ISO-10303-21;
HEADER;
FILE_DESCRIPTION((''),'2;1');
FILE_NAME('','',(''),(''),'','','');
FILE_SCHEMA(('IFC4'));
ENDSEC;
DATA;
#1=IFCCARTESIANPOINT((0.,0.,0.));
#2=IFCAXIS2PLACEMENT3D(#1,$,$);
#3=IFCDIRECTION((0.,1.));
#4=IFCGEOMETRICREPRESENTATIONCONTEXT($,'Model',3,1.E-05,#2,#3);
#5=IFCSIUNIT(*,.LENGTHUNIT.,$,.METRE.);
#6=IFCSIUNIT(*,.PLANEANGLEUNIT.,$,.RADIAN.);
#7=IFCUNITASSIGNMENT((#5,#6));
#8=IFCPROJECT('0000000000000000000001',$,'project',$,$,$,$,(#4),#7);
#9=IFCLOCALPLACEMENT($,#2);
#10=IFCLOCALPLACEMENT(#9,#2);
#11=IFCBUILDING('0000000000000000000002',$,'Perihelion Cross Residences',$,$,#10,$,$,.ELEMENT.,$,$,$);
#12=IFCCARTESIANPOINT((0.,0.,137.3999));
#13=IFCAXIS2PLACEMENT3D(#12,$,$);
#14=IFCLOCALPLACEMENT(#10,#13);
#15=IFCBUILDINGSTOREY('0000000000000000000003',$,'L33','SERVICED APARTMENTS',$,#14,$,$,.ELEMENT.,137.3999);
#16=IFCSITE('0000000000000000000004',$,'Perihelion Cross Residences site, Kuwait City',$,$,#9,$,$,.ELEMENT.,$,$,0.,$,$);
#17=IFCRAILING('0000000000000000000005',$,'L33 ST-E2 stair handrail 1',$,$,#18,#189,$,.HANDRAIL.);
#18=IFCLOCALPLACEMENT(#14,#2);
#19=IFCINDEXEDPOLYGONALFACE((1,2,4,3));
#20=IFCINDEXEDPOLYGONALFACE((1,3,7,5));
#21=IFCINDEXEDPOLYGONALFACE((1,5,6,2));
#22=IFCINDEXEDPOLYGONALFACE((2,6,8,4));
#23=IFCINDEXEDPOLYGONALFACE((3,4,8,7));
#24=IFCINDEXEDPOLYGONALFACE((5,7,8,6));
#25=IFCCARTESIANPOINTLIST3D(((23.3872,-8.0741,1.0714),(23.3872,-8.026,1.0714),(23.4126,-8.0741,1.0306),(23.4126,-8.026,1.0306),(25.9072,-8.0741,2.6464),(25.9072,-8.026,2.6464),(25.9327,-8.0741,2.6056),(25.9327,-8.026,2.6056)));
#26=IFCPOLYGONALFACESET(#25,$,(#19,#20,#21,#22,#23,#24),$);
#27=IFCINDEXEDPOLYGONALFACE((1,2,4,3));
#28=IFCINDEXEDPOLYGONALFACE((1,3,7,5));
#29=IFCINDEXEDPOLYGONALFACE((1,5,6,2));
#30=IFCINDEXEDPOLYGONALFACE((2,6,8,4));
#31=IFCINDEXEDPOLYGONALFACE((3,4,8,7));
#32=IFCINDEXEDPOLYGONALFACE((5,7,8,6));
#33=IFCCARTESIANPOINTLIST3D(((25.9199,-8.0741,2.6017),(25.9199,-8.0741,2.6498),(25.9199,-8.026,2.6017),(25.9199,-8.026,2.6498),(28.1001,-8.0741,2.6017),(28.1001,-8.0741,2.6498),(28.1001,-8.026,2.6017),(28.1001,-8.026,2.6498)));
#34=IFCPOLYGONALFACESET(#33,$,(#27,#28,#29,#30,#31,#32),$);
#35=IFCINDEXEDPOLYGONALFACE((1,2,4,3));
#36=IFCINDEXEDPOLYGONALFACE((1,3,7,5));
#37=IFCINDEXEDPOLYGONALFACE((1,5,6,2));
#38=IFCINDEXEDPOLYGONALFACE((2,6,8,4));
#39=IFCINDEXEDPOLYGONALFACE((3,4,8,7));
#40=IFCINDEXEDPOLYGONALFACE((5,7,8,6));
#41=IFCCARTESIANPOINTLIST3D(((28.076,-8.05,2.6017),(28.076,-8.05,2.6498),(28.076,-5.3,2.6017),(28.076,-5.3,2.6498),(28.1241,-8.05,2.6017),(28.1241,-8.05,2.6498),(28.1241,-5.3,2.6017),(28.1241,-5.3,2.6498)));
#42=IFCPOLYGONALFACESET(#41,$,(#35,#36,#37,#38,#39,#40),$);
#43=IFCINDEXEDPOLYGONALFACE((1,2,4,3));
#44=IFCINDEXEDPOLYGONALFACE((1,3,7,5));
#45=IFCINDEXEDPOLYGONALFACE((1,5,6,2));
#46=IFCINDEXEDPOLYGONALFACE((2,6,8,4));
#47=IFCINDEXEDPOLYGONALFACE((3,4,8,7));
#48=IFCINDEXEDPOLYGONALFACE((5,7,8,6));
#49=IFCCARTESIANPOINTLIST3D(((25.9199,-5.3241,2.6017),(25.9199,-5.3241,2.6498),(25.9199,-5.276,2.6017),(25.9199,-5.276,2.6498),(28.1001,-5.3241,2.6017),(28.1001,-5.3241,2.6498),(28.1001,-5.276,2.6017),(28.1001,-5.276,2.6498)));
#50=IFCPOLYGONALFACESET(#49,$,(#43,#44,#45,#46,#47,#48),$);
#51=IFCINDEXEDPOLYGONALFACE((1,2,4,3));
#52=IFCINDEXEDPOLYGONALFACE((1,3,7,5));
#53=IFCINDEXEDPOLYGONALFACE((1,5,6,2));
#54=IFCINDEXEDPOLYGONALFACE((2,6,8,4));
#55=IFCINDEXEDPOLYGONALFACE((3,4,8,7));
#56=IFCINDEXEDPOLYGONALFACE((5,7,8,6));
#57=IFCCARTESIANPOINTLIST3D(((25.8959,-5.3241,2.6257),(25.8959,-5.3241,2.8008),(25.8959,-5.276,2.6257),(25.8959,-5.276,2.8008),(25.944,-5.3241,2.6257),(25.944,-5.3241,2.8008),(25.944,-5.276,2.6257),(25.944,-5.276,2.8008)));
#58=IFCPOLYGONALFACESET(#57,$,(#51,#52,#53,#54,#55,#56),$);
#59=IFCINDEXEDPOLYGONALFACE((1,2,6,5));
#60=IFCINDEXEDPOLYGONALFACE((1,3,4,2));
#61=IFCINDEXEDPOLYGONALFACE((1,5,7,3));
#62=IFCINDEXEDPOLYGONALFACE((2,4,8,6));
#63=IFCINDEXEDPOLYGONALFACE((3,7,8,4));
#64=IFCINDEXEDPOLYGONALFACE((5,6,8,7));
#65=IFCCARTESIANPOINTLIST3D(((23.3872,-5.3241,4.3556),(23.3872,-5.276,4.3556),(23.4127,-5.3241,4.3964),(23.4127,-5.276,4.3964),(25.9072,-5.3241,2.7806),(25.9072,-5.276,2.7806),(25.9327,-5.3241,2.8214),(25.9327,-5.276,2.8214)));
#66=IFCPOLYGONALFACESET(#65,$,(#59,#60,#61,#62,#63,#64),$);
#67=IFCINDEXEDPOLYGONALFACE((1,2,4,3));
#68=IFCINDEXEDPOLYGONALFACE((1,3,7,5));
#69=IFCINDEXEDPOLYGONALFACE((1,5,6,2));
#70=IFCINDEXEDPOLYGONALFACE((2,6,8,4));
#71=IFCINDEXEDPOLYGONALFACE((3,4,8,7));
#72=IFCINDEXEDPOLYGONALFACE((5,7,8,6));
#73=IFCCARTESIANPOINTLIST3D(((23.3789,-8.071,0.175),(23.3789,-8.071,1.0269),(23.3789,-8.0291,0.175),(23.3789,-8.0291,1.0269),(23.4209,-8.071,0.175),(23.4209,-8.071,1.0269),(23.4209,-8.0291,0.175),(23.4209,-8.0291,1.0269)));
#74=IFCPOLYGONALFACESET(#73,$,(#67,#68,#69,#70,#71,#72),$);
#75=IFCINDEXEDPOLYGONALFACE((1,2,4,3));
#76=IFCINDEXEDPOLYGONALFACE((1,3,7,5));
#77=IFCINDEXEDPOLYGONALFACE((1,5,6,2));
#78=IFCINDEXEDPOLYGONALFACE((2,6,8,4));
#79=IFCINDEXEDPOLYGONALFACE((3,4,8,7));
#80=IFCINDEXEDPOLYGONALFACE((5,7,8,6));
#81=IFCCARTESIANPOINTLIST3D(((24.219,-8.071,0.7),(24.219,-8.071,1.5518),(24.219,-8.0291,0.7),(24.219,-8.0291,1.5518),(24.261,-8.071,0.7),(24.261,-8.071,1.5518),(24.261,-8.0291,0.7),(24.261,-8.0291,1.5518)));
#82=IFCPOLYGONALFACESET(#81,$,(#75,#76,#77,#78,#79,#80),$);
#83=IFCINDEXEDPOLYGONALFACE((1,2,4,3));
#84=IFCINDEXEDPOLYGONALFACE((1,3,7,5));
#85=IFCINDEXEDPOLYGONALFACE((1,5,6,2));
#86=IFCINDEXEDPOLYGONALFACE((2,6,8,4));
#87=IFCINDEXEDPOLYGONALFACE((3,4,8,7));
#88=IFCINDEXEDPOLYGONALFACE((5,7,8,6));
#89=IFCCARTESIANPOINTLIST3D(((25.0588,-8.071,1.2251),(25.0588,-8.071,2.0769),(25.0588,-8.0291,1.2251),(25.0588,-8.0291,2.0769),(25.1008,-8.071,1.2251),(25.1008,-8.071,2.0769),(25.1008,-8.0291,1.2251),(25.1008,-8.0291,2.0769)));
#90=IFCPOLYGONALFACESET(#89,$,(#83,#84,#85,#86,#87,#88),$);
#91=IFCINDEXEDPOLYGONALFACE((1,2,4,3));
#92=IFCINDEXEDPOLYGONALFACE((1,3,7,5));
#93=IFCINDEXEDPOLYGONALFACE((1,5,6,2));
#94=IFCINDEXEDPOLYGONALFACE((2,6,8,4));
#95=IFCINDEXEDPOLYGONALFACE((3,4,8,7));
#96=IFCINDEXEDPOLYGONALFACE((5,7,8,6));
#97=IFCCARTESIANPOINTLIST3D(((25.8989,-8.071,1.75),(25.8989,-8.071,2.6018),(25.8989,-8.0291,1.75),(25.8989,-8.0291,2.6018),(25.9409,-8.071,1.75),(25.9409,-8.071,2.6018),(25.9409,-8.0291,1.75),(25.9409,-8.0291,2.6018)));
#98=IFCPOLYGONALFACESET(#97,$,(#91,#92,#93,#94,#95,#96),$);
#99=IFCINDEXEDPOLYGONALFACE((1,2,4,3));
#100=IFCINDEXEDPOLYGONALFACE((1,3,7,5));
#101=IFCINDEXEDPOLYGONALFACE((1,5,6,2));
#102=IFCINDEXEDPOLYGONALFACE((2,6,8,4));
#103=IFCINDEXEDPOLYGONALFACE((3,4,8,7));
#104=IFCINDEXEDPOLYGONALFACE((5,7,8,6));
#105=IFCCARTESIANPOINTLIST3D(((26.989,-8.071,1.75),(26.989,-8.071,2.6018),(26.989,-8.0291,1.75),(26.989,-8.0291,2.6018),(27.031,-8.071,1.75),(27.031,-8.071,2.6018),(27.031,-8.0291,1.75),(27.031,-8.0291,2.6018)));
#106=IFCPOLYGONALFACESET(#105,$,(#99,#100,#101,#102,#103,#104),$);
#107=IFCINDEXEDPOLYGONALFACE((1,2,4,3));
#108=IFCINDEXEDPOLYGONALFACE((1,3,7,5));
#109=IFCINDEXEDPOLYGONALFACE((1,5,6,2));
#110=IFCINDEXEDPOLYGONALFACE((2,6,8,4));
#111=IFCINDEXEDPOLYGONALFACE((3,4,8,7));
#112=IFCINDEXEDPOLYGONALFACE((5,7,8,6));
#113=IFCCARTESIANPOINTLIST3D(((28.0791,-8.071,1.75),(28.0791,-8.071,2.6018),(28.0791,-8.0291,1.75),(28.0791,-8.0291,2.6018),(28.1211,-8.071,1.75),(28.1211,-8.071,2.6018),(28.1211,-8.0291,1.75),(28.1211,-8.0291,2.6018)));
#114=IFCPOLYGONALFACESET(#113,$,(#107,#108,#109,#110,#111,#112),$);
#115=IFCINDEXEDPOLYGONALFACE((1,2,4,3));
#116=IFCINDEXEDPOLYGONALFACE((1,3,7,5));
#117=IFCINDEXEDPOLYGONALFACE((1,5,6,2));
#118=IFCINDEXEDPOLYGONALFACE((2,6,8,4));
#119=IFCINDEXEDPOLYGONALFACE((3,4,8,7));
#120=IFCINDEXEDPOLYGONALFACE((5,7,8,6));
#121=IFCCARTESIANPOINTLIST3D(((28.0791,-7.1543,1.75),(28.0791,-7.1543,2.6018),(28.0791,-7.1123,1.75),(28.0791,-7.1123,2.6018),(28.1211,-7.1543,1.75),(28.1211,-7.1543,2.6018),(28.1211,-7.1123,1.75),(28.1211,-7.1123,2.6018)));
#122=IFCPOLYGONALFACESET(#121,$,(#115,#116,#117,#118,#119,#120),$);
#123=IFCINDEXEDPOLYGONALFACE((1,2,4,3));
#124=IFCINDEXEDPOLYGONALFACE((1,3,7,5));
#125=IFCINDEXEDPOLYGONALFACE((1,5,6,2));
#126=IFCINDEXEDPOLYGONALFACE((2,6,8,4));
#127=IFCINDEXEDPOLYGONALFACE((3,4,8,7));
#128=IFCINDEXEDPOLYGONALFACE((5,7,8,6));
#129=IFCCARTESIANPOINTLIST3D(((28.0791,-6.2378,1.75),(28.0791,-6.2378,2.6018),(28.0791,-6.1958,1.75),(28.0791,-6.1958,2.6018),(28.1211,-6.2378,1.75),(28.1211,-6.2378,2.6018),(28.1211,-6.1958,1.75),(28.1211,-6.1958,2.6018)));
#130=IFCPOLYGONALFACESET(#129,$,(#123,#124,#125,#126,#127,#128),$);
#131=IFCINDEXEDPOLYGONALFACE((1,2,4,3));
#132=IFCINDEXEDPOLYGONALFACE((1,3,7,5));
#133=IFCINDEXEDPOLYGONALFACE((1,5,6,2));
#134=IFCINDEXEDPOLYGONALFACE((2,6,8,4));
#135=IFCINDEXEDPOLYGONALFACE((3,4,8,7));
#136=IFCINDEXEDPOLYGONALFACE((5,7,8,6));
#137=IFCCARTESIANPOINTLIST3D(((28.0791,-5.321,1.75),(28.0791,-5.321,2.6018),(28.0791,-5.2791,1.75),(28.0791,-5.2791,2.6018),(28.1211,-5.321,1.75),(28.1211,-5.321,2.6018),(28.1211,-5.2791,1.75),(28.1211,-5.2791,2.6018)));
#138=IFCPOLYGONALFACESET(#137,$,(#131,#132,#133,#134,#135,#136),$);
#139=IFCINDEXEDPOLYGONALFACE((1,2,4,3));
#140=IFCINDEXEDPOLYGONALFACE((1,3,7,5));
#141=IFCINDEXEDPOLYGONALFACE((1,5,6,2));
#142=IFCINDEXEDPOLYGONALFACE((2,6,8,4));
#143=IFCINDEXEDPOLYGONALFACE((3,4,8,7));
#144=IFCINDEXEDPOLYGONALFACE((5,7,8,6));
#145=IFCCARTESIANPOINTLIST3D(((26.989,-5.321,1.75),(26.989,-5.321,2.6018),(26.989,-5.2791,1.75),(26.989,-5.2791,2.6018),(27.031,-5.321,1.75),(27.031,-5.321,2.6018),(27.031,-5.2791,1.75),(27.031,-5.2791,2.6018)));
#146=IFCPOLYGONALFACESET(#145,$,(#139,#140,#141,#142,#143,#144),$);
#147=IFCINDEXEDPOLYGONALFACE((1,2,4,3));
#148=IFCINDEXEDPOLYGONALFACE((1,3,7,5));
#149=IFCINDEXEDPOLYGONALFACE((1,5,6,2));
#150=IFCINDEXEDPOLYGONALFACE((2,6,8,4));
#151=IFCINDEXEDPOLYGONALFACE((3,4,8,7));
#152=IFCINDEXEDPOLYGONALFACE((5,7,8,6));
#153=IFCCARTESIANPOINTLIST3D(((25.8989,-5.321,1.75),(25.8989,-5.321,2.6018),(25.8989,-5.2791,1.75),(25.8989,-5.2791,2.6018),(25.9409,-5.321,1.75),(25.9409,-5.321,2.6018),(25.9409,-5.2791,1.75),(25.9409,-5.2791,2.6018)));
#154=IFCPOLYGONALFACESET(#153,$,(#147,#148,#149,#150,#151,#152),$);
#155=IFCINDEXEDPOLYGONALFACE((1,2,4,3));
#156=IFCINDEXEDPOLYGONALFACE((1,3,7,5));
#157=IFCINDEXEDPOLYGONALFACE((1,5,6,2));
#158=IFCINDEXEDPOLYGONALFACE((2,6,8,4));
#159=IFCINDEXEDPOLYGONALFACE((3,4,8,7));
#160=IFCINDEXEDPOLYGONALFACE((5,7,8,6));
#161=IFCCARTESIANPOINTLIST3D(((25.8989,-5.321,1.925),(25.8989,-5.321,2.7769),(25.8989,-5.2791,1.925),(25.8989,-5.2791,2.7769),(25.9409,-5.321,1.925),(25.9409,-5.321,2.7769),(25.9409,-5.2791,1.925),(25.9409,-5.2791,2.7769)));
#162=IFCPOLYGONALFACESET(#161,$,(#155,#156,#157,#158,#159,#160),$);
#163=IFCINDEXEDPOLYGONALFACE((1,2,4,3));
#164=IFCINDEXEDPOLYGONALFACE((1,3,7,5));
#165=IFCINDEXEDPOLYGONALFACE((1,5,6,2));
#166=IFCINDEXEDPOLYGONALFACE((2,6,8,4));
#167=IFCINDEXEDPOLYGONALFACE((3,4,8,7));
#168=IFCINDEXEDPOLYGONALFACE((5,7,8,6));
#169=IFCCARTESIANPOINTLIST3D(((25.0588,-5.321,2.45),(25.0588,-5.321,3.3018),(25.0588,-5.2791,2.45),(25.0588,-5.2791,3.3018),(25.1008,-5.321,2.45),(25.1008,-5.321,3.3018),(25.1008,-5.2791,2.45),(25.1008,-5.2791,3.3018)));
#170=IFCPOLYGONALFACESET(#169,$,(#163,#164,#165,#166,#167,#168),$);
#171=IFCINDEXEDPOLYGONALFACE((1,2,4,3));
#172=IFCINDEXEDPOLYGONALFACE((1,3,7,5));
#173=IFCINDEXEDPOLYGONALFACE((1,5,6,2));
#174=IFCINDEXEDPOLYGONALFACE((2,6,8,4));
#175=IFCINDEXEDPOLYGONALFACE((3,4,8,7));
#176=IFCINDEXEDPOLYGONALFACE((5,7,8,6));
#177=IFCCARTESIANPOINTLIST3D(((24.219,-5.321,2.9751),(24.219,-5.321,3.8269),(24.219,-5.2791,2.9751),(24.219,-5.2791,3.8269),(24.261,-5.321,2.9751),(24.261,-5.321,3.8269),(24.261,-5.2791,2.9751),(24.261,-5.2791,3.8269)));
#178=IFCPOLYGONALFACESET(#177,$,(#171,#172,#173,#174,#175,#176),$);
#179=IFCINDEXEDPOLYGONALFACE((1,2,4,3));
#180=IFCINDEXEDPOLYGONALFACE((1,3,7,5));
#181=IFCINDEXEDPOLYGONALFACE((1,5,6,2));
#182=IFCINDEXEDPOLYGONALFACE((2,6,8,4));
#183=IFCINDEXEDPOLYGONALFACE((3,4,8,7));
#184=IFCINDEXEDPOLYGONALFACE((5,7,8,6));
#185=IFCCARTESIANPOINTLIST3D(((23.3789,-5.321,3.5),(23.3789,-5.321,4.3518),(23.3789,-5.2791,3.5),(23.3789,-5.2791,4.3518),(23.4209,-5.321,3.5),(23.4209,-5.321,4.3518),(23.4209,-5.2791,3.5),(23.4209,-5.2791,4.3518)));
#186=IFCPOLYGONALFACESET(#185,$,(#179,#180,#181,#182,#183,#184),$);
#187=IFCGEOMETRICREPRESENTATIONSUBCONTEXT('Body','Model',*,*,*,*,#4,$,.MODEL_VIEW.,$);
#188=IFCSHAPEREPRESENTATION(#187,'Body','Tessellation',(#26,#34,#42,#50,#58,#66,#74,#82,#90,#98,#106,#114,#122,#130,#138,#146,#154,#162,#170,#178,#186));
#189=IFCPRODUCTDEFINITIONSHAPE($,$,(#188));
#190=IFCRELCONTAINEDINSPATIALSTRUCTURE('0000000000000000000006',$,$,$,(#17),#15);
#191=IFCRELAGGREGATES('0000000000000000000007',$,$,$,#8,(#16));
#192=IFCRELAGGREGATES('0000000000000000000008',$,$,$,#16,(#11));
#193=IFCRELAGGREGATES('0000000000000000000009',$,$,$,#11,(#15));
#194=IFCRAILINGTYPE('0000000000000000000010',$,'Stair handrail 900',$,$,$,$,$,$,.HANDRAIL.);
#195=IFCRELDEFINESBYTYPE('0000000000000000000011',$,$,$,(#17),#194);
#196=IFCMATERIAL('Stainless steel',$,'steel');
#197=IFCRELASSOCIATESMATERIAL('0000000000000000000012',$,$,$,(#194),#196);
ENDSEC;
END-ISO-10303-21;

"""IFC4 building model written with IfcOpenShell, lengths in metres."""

from ifc_helpers import new_model, si_unit, direction, frame, origin, origin_2d, place, context, subcontext, project, spatial, rectangle, extrude, material, type_object, element, save


model = new_model("IFC4")

# Units and contexts
model_context = context("Model", 3, precision=1e-05, world=origin(), true_north=direction((0.0, 1.0)))
body_context = subcontext(model_context, "Body", "Model", "MODEL_VIEW")
ifc_project = project(units=[si_unit("LENGTHUNIT", "METRE"), si_unit("PLANEANGLEUNIT", "RADIAN")], contexts=[model_context])

# Site, building, storey
site_placement = place(None, origin())
site = spatial("IfcSite", under=ifc_project, at=site_placement, Name="Perihelion Cross Residences site, Kuwait City", CompositionType="ELEMENT", RefElevation=0.0)
building_placement = place(site_placement, origin())
building = spatial("IfcBuilding", under=site, at=building_placement, Name="Perihelion Cross Residences", CompositionType="ELEMENT")
storey_placement = place(building_placement, frame((0.0, 0.0, 137.3999)))
storey = spatial("IfcBuildingStorey", under=building, at=storey_placement, Name="L33", Description="SERVICED APARTMENTS", CompositionType="ELEMENT", Elevation=137.3999)

# Railing
ifc_material_1 = material(Name="Stainless steel", Category="steel")
railing_type_1 = type_object("IfcRailingType", Name="Stair handrail 900", PredefinedType="HANDRAIL", material=ifc_material_1)
railing_1_placement = place(storey_placement, frame((23.3999, -8.05, 0.175)))
element("IfcRailing", 1, at=railing_1_placement, inside=storey, type_object=railing_type_1, Name="L33 ST-E2 stair handrail 1", PredefinedType="HANDRAIL", context=body_context, shape_type="SweptSolid", body=[
    extrude(rectangle(XDim=0.0481, YDim=0.0481, at=origin_2d()), frame((0.0, 0.0, 0.876), z_axis=(0.848008, 0.0, 0.529984), x_axis=(0.0, 1.0, 0.0)), (0.0, 0.0, 1.0), 2.9717),
    extrude(rectangle(XDim=0.0481, YDim=0.0481, at=origin_2d()), frame((2.52, 0.0, 2.4507), z_axis=(1.0, 0.0, 0.0), x_axis=(0.0, 1.0, 0.0)), (0.0, 0.0, 1.0), 2.1802),
    extrude(rectangle(XDim=0.0481, YDim=0.0481, at=origin_2d()), frame((4.7002, 0.0, 2.4507), z_axis=(0.0, 1.0, 0.0), x_axis=(-1.0, 0.0, 0.0)), (0.0, 0.0, 1.0), 2.75),
    extrude(rectangle(XDim=0.0481, YDim=0.0481, at=origin_2d()), frame((4.7002, 2.75, 2.4507), z_axis=(-1.0, 0.0, 0.0), x_axis=(0.0, -1.0, 0.0)), (0.0, 0.0, 1.0), 2.1802),
    extrude(rectangle(XDim=0.0481, YDim=0.0481, at=origin_2d()), frame((2.52, 2.75, 2.4507), z_axis=(0.0, 0.0, 1.0), x_axis=(1.0, 0.0, 0.0)), (0.0, 0.0, 1.0), 0.175),
    extrude(rectangle(XDim=0.0481, YDim=0.0481, at=origin_2d()), frame((2.52, 2.75, 2.626), z_axis=(-0.848008, 0.0, 0.529984), x_axis=(0.0, -1.0, 0.0)), (0.0, 0.0, 1.0), 2.9717),
    extrude(rectangle(XDim=0.042, YDim=0.042, at=origin_2d()), origin(), (0.0, 0.0, 1.0), 0.8518),
    extrude(rectangle(XDim=0.042, YDim=0.042, at=origin_2d()), frame((0.8401, 0.0, 0.5249)), (0.0, 0.0, 1.0), 0.8518),
    extrude(rectangle(XDim=0.042, YDim=0.042, at=origin_2d()), frame((1.6799, 0.0, 1.05)), (0.0, 0.0, 1.0), 0.8518),
    extrude(rectangle(XDim=0.042, YDim=0.042, at=origin_2d()), frame((2.52, 0.0, 1.575)), (0.0, 0.0, 1.0), 0.8518),
    extrude(rectangle(XDim=0.042, YDim=0.042, at=origin_2d()), frame((3.6101, 0.0, 1.575)), (0.0, 0.0, 1.0), 0.8518),
    extrude(rectangle(XDim=0.042, YDim=0.042, at=origin_2d()), frame((4.7002, 0.0, 1.575)), (0.0, 0.0, 1.0), 0.8518),
    extrude(rectangle(XDim=0.042, YDim=0.042, at=origin_2d()), frame((4.7002, 0.9167, 1.575)), (0.0, 0.0, 1.0), 0.8518),
    extrude(rectangle(XDim=0.042, YDim=0.042, at=origin_2d()), frame((4.7002, 1.8333, 1.575)), (0.0, 0.0, 1.0), 0.8518),
    extrude(rectangle(XDim=0.042, YDim=0.042, at=origin_2d()), frame((4.7002, 2.75, 1.575)), (0.0, 0.0, 1.0), 0.8518),
    extrude(rectangle(XDim=0.042, YDim=0.042, at=origin_2d()), frame((3.6101, 2.75, 1.575)), (0.0, 0.0, 1.0), 0.8518),
    extrude(rectangle(XDim=0.042, YDim=0.042, at=origin_2d()), frame((2.52, 2.75, 1.575)), (0.0, 0.0, 1.0), 0.8518),
    extrude(rectangle(XDim=0.042, YDim=0.042, at=origin_2d()), frame((2.52, 2.75, 1.75)), (0.0, 0.0, 1.0), 0.8518),
    extrude(rectangle(XDim=0.042, YDim=0.042, at=origin_2d()), frame((1.6799, 2.75, 2.2749)), (0.0, 0.0, 1.0), 0.8518),
    extrude(rectangle(XDim=0.042, YDim=0.042, at=origin_2d()), frame((0.8401, 2.75, 2.8)), (0.0, 0.0, 1.0), 0.8518),
    extrude(rectangle(XDim=0.042, YDim=0.042, at=origin_2d()), frame((0.0, 2.75, 3.325)), (0.0, 0.0, 1.0), 0.8518),
])

save(model, "model.ifc")
